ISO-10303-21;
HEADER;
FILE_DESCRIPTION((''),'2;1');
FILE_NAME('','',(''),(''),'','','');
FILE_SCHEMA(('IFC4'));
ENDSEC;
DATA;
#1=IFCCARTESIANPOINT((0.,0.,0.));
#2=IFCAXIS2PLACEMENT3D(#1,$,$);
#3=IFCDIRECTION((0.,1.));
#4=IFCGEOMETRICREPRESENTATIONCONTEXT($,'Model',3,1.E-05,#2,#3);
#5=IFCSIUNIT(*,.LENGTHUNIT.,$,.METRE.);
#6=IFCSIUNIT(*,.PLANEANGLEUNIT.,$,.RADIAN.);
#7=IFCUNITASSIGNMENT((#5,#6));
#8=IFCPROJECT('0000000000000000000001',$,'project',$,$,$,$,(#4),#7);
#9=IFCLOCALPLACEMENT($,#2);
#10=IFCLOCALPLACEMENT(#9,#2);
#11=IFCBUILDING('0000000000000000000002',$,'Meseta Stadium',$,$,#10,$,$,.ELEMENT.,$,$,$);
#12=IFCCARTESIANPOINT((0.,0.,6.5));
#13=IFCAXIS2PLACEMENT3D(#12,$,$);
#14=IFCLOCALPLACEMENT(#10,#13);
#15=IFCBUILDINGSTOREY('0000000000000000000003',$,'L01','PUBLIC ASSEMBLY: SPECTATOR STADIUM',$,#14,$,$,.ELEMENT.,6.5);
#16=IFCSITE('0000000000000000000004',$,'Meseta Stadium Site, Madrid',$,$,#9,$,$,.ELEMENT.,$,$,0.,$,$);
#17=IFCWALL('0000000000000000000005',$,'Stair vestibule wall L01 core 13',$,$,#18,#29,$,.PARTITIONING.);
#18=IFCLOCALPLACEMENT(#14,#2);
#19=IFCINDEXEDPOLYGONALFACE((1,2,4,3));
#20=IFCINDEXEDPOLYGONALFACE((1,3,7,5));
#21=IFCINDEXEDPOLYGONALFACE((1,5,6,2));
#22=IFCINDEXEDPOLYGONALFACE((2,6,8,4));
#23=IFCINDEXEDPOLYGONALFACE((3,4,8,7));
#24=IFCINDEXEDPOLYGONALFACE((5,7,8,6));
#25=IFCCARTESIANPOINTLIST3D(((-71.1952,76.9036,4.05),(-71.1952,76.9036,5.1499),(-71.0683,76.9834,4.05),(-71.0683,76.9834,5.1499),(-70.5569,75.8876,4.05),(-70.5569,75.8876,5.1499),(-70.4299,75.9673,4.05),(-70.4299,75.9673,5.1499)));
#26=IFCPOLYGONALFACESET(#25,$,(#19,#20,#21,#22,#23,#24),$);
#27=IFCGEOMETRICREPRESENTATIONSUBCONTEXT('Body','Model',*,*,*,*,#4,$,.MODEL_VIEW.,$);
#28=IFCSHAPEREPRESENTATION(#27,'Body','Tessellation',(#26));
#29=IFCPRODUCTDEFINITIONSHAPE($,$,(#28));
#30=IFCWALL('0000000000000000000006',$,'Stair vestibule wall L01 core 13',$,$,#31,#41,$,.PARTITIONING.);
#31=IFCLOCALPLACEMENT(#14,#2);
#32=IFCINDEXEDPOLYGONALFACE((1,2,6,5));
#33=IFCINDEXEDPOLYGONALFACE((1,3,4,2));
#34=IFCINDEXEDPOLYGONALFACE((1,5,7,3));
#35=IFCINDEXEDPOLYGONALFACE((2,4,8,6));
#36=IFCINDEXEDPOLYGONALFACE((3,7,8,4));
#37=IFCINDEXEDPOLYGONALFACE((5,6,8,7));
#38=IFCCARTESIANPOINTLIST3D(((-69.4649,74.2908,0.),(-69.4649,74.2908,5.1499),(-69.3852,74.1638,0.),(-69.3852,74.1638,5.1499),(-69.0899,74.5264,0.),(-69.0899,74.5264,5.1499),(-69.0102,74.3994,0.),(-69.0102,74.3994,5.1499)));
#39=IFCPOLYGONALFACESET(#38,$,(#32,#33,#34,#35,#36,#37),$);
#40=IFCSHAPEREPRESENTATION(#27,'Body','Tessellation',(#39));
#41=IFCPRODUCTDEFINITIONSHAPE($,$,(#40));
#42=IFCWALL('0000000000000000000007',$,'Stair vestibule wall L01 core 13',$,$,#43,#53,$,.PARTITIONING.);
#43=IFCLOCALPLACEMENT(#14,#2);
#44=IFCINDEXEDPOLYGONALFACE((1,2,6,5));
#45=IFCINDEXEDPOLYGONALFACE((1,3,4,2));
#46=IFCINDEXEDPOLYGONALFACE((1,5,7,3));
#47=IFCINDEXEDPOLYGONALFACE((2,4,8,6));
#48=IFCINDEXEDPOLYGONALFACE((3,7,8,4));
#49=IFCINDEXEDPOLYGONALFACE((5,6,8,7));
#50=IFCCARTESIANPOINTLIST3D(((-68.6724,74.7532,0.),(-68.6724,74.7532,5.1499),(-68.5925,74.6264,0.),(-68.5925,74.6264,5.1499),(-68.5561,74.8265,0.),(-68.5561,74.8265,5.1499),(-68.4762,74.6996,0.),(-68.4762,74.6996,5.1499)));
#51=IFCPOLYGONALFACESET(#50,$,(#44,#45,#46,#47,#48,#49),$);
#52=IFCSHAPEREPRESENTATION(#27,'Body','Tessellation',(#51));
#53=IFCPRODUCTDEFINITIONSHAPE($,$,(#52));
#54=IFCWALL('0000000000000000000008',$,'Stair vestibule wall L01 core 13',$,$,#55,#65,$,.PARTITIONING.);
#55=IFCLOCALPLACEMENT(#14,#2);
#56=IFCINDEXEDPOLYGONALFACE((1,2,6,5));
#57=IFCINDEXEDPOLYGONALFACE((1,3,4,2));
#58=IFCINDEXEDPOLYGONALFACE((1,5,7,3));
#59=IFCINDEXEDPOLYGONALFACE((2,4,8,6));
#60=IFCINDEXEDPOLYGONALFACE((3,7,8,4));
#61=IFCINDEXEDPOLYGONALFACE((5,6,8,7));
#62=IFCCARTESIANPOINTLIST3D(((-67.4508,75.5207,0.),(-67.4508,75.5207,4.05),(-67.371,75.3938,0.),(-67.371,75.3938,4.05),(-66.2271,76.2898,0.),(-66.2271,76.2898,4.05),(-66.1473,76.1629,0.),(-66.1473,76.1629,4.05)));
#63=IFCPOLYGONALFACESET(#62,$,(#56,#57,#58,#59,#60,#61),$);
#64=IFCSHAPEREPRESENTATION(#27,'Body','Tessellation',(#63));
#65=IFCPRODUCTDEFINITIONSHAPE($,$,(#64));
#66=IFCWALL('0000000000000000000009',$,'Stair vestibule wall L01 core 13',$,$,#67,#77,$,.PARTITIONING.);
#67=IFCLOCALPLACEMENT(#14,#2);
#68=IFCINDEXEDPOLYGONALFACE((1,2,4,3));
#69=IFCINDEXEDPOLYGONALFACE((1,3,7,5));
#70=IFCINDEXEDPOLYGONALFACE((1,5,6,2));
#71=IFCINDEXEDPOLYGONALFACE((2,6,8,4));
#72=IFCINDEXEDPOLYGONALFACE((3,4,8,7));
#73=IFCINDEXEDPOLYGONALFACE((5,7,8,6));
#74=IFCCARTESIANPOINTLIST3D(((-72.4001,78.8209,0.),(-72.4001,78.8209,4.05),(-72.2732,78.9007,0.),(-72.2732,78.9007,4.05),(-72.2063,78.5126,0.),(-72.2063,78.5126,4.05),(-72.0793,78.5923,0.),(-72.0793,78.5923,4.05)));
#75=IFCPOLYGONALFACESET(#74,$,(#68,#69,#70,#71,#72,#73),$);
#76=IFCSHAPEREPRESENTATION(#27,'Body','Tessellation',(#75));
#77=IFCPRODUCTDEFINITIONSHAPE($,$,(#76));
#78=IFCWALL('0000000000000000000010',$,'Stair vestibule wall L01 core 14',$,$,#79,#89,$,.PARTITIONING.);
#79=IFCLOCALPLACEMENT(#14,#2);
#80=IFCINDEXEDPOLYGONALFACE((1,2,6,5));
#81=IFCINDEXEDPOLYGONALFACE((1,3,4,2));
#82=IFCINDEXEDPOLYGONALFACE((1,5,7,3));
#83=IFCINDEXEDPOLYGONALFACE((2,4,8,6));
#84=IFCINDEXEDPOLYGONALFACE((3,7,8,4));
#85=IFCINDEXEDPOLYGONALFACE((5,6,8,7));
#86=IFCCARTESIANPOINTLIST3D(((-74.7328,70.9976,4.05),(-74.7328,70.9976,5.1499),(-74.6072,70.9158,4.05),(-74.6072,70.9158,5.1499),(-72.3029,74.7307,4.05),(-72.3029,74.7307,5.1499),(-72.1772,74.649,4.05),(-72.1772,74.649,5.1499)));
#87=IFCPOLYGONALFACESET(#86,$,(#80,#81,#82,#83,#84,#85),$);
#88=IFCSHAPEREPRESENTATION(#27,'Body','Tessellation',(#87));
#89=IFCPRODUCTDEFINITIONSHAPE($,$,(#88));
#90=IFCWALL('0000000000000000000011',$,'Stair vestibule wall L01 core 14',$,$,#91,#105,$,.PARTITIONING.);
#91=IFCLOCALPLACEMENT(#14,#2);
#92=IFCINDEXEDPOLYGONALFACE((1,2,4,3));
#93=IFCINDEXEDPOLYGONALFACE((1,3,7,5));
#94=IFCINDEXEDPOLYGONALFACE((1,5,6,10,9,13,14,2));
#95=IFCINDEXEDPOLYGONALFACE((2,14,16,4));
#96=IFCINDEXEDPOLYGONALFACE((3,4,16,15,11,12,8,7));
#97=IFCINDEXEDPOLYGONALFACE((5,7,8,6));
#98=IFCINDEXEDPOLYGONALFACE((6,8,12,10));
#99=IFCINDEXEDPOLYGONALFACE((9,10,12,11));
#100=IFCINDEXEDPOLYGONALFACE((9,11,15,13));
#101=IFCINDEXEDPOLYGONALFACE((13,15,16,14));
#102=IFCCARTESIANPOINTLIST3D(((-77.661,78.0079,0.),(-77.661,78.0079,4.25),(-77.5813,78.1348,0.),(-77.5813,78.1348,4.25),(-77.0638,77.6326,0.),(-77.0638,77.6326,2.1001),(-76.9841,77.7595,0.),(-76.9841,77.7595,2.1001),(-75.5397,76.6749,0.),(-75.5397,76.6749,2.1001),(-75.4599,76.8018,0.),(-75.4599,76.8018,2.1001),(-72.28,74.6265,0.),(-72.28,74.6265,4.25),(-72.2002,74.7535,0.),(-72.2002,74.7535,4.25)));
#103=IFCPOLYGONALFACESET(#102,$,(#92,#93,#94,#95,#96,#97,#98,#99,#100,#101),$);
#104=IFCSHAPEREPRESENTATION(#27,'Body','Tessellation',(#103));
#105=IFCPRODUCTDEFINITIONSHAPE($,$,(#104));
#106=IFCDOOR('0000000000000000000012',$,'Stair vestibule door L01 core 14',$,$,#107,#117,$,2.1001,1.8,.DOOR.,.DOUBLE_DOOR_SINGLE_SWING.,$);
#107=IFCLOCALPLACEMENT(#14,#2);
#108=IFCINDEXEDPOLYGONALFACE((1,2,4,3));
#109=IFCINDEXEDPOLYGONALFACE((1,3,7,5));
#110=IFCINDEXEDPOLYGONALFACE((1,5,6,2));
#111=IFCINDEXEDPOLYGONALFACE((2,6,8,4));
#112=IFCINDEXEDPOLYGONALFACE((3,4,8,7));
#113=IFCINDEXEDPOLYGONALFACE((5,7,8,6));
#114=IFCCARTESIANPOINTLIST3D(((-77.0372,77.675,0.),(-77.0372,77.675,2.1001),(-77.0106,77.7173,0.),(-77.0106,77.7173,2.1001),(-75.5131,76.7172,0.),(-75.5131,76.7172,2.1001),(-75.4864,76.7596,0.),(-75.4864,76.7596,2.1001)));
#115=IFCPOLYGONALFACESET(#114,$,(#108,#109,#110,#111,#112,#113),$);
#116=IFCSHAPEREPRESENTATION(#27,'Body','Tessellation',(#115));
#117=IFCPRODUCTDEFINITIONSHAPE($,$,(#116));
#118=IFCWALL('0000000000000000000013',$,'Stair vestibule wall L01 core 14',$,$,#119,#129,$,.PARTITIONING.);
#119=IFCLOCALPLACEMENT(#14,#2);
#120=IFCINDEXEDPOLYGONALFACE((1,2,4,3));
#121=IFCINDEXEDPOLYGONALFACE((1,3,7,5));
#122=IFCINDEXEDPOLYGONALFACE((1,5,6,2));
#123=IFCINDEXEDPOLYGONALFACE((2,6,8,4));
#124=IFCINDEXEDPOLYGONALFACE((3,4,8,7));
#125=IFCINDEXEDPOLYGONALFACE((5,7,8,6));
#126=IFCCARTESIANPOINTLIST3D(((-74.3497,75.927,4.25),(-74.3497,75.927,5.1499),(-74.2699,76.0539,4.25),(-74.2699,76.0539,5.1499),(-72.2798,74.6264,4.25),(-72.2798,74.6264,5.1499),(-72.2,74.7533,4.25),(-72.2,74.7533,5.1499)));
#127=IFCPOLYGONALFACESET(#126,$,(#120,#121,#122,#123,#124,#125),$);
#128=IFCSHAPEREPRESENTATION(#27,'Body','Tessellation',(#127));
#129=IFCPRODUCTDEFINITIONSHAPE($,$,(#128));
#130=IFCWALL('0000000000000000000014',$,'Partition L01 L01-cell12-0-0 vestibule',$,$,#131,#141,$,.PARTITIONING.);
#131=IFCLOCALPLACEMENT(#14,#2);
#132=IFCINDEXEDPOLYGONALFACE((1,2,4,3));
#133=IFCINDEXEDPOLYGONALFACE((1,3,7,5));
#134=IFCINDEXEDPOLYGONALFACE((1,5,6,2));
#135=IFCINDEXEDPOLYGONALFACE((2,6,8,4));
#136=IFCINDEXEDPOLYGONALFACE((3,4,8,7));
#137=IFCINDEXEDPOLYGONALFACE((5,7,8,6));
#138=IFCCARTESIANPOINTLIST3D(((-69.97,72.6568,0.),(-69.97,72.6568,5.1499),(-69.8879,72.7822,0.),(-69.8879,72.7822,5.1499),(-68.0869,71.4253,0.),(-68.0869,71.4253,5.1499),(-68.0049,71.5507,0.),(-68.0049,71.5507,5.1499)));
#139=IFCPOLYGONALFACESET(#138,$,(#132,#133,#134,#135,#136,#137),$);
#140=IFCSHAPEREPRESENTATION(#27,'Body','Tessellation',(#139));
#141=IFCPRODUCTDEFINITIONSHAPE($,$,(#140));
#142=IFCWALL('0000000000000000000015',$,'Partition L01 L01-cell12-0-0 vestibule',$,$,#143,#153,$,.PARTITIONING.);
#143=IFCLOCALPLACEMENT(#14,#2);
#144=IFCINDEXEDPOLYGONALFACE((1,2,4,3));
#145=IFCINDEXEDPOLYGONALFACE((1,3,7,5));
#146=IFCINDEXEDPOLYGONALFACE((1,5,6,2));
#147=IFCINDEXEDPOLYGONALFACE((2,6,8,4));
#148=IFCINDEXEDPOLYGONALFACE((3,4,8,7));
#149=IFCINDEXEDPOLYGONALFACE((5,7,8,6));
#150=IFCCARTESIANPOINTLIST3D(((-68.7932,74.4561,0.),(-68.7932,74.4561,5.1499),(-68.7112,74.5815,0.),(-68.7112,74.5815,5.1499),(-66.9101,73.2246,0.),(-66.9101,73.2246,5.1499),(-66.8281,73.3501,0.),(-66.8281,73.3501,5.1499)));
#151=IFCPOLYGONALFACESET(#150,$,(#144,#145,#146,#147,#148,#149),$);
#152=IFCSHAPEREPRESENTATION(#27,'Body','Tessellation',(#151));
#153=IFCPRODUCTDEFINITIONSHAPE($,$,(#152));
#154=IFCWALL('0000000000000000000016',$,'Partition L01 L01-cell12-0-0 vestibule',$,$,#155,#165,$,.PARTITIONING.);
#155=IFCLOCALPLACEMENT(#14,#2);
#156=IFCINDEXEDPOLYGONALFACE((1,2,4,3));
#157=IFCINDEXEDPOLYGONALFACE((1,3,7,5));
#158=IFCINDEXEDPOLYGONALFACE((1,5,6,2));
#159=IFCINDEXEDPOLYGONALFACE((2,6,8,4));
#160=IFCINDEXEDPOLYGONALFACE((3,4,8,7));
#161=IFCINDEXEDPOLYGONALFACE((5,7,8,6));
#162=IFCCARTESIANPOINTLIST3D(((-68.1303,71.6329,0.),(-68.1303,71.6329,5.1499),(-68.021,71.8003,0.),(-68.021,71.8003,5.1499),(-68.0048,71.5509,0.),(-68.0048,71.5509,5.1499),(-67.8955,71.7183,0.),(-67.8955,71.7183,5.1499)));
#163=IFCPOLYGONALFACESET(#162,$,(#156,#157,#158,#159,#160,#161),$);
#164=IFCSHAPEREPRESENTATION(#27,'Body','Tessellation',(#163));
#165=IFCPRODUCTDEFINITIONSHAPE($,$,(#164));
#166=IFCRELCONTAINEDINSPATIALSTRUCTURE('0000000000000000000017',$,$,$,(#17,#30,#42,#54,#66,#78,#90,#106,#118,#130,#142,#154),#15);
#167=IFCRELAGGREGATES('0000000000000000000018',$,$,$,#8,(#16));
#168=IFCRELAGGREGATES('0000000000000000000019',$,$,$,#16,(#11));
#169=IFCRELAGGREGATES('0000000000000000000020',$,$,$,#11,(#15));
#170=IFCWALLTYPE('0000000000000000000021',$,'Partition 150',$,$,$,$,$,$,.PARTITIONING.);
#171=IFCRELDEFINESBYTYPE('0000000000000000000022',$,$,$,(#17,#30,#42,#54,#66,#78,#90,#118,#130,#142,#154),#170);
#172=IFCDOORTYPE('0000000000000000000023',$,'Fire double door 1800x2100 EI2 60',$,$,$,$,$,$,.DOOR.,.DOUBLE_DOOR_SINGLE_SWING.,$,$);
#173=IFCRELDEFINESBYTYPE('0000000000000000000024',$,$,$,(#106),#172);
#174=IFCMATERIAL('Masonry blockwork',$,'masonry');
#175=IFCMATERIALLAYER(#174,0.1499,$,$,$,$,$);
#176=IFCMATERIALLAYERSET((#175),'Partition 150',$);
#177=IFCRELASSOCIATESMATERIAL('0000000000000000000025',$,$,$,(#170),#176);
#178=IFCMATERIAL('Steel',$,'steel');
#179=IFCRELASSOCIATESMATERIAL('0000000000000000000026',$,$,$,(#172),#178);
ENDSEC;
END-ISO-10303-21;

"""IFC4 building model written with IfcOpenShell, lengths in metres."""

from ifc_helpers import new_model, si_unit, direction, frame, frame_2d, origin, place, context, subcontext, project, spatial, rectangle, extrude, material, layer, layer_set, type_object, element, fill, save


model = new_model("IFC4")

# Units and contexts
model_context = context("Model", 3, precision=1e-05, world=origin(), true_north=direction((0.0, 1.0)))
body_context = subcontext(model_context, "Body", "Model", "MODEL_VIEW")
ifc_project = project(units=[si_unit("LENGTHUNIT", "METRE"), si_unit("PLANEANGLEUNIT", "RADIAN")], contexts=[model_context])

# Site, building, storey
site_placement = place(None, origin())
site = spatial("IfcSite", under=ifc_project, at=site_placement, Name="Meseta Stadium Site, Madrid", CompositionType="ELEMENT", RefElevation=0.0)
building_placement = place(site_placement, origin())
building = spatial("IfcBuilding", under=site, at=building_placement, Name="Meseta Stadium", CompositionType="ELEMENT")
storey_placement = place(building_placement, frame((0.0, 0.0, 6.5)))
storey = spatial("IfcBuildingStorey", under=building, at=storey_placement, Name="L01", Description="PUBLIC ASSEMBLY: SPECTATOR STADIUM", CompositionType="ELEMENT", Elevation=6.5)

# Shared definitions
ifc_material_1 = material(Name="Masonry blockwork", Category="masonry")
ifc_layer = layer(ifc_material_1, 0.1499)
ifc_layer_set = layer_set([ifc_layer], Name="Partition 150")
wall_type = type_object("IfcWallType", Name="Partition 150", PredefinedType="PARTITIONING", material=ifc_layer_set)

# Shared definitions
ifc_material_2 = material(Name="Steel", Category="steel")
door_type_1 = type_object("IfcDoorType", Name="Fire double door 1800x2100 EI2 60", OperationType="DOUBLE_DOOR_SINGLE_SWING", PredefinedType="DOOR", material=ifc_material_2)

# Walls
wall_1_placement = place(storey_placement, frame((-71.1318, 76.9436, 4.05), z_axis=(0.0, 0.0, 1.0), x_axis=(0.532009, -0.846739, 0.0)))
element("IfcWall", 1, at=wall_1_placement, inside=storey, type_object=wall_type, Name="Stair vestibule wall L01 core 13", PredefinedType="PARTITIONING", context=body_context, shape_type="SweptSolid", body=[
    extrude(rectangle(XDim=1.2, YDim=0.1499, at=frame_2d((0.6001, 0.0))), origin(), (0.0, 0.0, 1.0), 1.0999),
])
wall_2_placement = place(storey_placement, frame((-69.425, 74.2273, 0.0), z_axis=(0.0, 0.0, 1.0), x_axis=(0.846757, 0.53198, 0.0)))
element("IfcWall", 2, at=wall_2_placement, inside=storey, type_object=wall_type, Name="Stair vestibule wall L01 core 13", PredefinedType="PARTITIONING", context=body_context, shape_type="SweptSolid", body=[
    extrude(rectangle(XDim=0.4429, YDim=0.1499, at=frame_2d((0.2214, 0.0))), origin(), (0.0, 0.0, 1.0), 5.1499),
])
wall_3_placement = place(storey_placement, frame((-68.6326, 74.6897, 0.0), z_axis=(0.0, 0.0, 1.0), x_axis=(0.845995, 0.53319, 0.0)))
element("IfcWall", 3, at=wall_3_placement, inside=storey, type_object=wall_type, Name="Stair vestibule wall L01 core 13", PredefinedType="PARTITIONING", context=body_context, shape_type="SweptSolid", body=[
    extrude(rectangle(XDim=0.1375, YDim=0.1499, at=frame_2d((0.0688, 0.0))), origin(), (0.0, 0.0, 1.0), 5.1499),
])
wall_4_placement = place(storey_placement, frame((-67.4109, 75.4573, 0.0), z_axis=(0.0, 0.0, 1.0), x_axis=(0.846667, 0.532123, 0.0)))
element("IfcWall", 4, at=wall_4_placement, inside=storey, type_object=wall_type, Name="Stair vestibule wall L01 core 13", PredefinedType="PARTITIONING", context=body_context, shape_type="SweptSolid", body=[
    extrude(rectangle(XDim=1.4453, YDim=0.1499, at=frame_2d((0.7227, 0.0))), origin(), (0.0, 0.0, 1.0), 4.05),
])
wall_5_placement = place(storey_placement, frame((-72.3367, 78.8608, 0.0), z_axis=(0.0, 0.0, 1.0), x_axis=(0.532226, -0.846602, 0.0)))
element("IfcWall", 5, at=wall_5_placement, inside=storey, type_object=wall_type, Name="Stair vestibule wall L01 core 13", PredefinedType="PARTITIONING", context=body_context, shape_type="SweptSolid", body=[
    extrude(rectangle(XDim=0.3643, YDim=0.1499, at=frame_2d((0.1821, 0.0))), origin(), (0.0, 0.0, 1.0), 4.05),
])
wall_6_placement = place(storey_placement, frame((-74.6699, 70.9568, 4.05), z_axis=(0.0, 0.0, 1.0), x_axis=(0.545522, 0.838097, 0.0)))
element("IfcWall", 6, at=wall_6_placement, inside=storey, type_object=wall_type, Name="Stair vestibule wall L01 core 14", PredefinedType="PARTITIONING", context=body_context, shape_type="SweptSolid", body=[
    extrude(rectangle(XDim=4.4543, YDim=0.1499, at=frame_2d((2.2271, 0.0))), origin(), (0.0, 0.0, 1.0), 1.0999),
])

# Wall, opening, door
wall_7_placement = place(storey_placement, frame((-72.24, 74.6899, 0.0), z_axis=(0.0, 0.0, 1.0), x_axis=(-0.846712, 0.532052, 0.0)))
wall_7 = element("IfcWall", 7, at=wall_7_placement, inside=storey, type_object=wall_type, Name="Stair vestibule wall L01 core 14", PredefinedType="PARTITIONING", context=body_context, shape_type="SweptSolid", body=[
    extrude(rectangle(XDim=6.3552, YDim=0.1499, at=frame_2d((3.1777, 0.0))), origin(), (0.0, 0.0, 1.0), 4.25),
])
opening_1_placement = place(wall_7_placement, frame((3.8501, 0.0, 0.0)))
opening_1 = element("IfcOpeningElement", 8, at=opening_1_placement, cuts=wall_7, PredefinedType="OPENING", context=body_context, shape_type="SweptSolid", body=[
    extrude(rectangle(XDim=1.8, YDim=2.1001, at=frame_2d((0.8999, 1.05))), frame((0.0, 0.085, 0.0), z_axis=(0.0, -1.0, 0.0), x_axis=(1.0, 0.0, 0.0)), (0.0, 0.0, 1.0), 0.1699),
])
door_1_placement = place(opening_1_placement, origin())
door_1 = element("IfcDoor", 9, at=door_1_placement, inside=storey, type_object=door_type_1, Name="Stair vestibule door L01 core 14", OperationType="DOUBLE_DOOR_SINGLE_SWING", OverallHeight=2.1001, OverallWidth=1.8, PredefinedType="DOOR", context=body_context, shape_type="SweptSolid", body=[
    extrude(rectangle(XDim=1.8, YDim=2.1001, at=frame_2d((0.8999, 1.05))), frame((0.0, 0.0249, 0.0), z_axis=(0.0, -1.0, 0.0), x_axis=(1.0, 0.0, 0.0)), (0.0, 0.0, 1.0), 0.05),
])
fill(opening_1, door_1)

# Walls
wall_8_placement = place(storey_placement, frame((-72.24, 74.6899, 4.25), z_axis=(0.0, 0.0, 1.0), x_axis=(-0.846728, 0.532026, 0.0)))
element("IfcWall", 10, at=wall_8_placement, inside=storey, type_object=wall_type, Name="Stair vestibule wall L01 core 14", PredefinedType="PARTITIONING", context=body_context, shape_type="SweptSolid", body=[
    extrude(rectangle(XDim=2.4446, YDim=0.1499, at=frame_2d((1.2222, 0.0))), origin(), (0.0, 0.0, 1.0), 0.8999),
])
for number, where, z_axis, x_axis, name in (
    (11, (-69.929, 72.7195, 0.0), (0.0, 0.0, 1.0), (0.836926, -0.547317, 0.0), "Partition L01 L01-cell12-0-0 vestibule"),
    (12, (-68.7522, 74.5188, 0.0), (0.0, 0.0, 1.0), (0.836926, -0.547317, 0.0), "Partition L01 L01-cell12-0-0 vestibule"),
):
    element("IfcWall", number, at=place(storey_placement, frame(where, z_axis=z_axis, x_axis=x_axis)), inside=storey, type_object=wall_type, Name=name, PredefinedType="PARTITIONING", context=body_context, shape_type="SweptSolid", body=[
        extrude(rectangle(XDim=2.25, YDim=0.1499, at=frame_2d((1.125, 0.0))), origin(), (0.0, 0.0, 1.0), 5.1499),
    ])
wall_9_placement = place(storey_placement, frame((-68.0676, 71.5918, 0.0), z_axis=(0.0, 0.0, 1.0), x_axis=(0.546789, 0.837271, 0.0)))
element("IfcWall", 13, at=wall_9_placement, inside=storey, type_object=wall_type, Name="Partition L01 L01-cell12-0-0 vestibule", PredefinedType="PARTITIONING", context=body_context, shape_type="SweptSolid", body=[
    extrude(rectangle(XDim=0.2, YDim=0.1499, at=frame_2d((0.1001, 0.0))), origin(), (0.0, 0.0, 1.0), 5.1499),
])

save(model, "model.ifc")
